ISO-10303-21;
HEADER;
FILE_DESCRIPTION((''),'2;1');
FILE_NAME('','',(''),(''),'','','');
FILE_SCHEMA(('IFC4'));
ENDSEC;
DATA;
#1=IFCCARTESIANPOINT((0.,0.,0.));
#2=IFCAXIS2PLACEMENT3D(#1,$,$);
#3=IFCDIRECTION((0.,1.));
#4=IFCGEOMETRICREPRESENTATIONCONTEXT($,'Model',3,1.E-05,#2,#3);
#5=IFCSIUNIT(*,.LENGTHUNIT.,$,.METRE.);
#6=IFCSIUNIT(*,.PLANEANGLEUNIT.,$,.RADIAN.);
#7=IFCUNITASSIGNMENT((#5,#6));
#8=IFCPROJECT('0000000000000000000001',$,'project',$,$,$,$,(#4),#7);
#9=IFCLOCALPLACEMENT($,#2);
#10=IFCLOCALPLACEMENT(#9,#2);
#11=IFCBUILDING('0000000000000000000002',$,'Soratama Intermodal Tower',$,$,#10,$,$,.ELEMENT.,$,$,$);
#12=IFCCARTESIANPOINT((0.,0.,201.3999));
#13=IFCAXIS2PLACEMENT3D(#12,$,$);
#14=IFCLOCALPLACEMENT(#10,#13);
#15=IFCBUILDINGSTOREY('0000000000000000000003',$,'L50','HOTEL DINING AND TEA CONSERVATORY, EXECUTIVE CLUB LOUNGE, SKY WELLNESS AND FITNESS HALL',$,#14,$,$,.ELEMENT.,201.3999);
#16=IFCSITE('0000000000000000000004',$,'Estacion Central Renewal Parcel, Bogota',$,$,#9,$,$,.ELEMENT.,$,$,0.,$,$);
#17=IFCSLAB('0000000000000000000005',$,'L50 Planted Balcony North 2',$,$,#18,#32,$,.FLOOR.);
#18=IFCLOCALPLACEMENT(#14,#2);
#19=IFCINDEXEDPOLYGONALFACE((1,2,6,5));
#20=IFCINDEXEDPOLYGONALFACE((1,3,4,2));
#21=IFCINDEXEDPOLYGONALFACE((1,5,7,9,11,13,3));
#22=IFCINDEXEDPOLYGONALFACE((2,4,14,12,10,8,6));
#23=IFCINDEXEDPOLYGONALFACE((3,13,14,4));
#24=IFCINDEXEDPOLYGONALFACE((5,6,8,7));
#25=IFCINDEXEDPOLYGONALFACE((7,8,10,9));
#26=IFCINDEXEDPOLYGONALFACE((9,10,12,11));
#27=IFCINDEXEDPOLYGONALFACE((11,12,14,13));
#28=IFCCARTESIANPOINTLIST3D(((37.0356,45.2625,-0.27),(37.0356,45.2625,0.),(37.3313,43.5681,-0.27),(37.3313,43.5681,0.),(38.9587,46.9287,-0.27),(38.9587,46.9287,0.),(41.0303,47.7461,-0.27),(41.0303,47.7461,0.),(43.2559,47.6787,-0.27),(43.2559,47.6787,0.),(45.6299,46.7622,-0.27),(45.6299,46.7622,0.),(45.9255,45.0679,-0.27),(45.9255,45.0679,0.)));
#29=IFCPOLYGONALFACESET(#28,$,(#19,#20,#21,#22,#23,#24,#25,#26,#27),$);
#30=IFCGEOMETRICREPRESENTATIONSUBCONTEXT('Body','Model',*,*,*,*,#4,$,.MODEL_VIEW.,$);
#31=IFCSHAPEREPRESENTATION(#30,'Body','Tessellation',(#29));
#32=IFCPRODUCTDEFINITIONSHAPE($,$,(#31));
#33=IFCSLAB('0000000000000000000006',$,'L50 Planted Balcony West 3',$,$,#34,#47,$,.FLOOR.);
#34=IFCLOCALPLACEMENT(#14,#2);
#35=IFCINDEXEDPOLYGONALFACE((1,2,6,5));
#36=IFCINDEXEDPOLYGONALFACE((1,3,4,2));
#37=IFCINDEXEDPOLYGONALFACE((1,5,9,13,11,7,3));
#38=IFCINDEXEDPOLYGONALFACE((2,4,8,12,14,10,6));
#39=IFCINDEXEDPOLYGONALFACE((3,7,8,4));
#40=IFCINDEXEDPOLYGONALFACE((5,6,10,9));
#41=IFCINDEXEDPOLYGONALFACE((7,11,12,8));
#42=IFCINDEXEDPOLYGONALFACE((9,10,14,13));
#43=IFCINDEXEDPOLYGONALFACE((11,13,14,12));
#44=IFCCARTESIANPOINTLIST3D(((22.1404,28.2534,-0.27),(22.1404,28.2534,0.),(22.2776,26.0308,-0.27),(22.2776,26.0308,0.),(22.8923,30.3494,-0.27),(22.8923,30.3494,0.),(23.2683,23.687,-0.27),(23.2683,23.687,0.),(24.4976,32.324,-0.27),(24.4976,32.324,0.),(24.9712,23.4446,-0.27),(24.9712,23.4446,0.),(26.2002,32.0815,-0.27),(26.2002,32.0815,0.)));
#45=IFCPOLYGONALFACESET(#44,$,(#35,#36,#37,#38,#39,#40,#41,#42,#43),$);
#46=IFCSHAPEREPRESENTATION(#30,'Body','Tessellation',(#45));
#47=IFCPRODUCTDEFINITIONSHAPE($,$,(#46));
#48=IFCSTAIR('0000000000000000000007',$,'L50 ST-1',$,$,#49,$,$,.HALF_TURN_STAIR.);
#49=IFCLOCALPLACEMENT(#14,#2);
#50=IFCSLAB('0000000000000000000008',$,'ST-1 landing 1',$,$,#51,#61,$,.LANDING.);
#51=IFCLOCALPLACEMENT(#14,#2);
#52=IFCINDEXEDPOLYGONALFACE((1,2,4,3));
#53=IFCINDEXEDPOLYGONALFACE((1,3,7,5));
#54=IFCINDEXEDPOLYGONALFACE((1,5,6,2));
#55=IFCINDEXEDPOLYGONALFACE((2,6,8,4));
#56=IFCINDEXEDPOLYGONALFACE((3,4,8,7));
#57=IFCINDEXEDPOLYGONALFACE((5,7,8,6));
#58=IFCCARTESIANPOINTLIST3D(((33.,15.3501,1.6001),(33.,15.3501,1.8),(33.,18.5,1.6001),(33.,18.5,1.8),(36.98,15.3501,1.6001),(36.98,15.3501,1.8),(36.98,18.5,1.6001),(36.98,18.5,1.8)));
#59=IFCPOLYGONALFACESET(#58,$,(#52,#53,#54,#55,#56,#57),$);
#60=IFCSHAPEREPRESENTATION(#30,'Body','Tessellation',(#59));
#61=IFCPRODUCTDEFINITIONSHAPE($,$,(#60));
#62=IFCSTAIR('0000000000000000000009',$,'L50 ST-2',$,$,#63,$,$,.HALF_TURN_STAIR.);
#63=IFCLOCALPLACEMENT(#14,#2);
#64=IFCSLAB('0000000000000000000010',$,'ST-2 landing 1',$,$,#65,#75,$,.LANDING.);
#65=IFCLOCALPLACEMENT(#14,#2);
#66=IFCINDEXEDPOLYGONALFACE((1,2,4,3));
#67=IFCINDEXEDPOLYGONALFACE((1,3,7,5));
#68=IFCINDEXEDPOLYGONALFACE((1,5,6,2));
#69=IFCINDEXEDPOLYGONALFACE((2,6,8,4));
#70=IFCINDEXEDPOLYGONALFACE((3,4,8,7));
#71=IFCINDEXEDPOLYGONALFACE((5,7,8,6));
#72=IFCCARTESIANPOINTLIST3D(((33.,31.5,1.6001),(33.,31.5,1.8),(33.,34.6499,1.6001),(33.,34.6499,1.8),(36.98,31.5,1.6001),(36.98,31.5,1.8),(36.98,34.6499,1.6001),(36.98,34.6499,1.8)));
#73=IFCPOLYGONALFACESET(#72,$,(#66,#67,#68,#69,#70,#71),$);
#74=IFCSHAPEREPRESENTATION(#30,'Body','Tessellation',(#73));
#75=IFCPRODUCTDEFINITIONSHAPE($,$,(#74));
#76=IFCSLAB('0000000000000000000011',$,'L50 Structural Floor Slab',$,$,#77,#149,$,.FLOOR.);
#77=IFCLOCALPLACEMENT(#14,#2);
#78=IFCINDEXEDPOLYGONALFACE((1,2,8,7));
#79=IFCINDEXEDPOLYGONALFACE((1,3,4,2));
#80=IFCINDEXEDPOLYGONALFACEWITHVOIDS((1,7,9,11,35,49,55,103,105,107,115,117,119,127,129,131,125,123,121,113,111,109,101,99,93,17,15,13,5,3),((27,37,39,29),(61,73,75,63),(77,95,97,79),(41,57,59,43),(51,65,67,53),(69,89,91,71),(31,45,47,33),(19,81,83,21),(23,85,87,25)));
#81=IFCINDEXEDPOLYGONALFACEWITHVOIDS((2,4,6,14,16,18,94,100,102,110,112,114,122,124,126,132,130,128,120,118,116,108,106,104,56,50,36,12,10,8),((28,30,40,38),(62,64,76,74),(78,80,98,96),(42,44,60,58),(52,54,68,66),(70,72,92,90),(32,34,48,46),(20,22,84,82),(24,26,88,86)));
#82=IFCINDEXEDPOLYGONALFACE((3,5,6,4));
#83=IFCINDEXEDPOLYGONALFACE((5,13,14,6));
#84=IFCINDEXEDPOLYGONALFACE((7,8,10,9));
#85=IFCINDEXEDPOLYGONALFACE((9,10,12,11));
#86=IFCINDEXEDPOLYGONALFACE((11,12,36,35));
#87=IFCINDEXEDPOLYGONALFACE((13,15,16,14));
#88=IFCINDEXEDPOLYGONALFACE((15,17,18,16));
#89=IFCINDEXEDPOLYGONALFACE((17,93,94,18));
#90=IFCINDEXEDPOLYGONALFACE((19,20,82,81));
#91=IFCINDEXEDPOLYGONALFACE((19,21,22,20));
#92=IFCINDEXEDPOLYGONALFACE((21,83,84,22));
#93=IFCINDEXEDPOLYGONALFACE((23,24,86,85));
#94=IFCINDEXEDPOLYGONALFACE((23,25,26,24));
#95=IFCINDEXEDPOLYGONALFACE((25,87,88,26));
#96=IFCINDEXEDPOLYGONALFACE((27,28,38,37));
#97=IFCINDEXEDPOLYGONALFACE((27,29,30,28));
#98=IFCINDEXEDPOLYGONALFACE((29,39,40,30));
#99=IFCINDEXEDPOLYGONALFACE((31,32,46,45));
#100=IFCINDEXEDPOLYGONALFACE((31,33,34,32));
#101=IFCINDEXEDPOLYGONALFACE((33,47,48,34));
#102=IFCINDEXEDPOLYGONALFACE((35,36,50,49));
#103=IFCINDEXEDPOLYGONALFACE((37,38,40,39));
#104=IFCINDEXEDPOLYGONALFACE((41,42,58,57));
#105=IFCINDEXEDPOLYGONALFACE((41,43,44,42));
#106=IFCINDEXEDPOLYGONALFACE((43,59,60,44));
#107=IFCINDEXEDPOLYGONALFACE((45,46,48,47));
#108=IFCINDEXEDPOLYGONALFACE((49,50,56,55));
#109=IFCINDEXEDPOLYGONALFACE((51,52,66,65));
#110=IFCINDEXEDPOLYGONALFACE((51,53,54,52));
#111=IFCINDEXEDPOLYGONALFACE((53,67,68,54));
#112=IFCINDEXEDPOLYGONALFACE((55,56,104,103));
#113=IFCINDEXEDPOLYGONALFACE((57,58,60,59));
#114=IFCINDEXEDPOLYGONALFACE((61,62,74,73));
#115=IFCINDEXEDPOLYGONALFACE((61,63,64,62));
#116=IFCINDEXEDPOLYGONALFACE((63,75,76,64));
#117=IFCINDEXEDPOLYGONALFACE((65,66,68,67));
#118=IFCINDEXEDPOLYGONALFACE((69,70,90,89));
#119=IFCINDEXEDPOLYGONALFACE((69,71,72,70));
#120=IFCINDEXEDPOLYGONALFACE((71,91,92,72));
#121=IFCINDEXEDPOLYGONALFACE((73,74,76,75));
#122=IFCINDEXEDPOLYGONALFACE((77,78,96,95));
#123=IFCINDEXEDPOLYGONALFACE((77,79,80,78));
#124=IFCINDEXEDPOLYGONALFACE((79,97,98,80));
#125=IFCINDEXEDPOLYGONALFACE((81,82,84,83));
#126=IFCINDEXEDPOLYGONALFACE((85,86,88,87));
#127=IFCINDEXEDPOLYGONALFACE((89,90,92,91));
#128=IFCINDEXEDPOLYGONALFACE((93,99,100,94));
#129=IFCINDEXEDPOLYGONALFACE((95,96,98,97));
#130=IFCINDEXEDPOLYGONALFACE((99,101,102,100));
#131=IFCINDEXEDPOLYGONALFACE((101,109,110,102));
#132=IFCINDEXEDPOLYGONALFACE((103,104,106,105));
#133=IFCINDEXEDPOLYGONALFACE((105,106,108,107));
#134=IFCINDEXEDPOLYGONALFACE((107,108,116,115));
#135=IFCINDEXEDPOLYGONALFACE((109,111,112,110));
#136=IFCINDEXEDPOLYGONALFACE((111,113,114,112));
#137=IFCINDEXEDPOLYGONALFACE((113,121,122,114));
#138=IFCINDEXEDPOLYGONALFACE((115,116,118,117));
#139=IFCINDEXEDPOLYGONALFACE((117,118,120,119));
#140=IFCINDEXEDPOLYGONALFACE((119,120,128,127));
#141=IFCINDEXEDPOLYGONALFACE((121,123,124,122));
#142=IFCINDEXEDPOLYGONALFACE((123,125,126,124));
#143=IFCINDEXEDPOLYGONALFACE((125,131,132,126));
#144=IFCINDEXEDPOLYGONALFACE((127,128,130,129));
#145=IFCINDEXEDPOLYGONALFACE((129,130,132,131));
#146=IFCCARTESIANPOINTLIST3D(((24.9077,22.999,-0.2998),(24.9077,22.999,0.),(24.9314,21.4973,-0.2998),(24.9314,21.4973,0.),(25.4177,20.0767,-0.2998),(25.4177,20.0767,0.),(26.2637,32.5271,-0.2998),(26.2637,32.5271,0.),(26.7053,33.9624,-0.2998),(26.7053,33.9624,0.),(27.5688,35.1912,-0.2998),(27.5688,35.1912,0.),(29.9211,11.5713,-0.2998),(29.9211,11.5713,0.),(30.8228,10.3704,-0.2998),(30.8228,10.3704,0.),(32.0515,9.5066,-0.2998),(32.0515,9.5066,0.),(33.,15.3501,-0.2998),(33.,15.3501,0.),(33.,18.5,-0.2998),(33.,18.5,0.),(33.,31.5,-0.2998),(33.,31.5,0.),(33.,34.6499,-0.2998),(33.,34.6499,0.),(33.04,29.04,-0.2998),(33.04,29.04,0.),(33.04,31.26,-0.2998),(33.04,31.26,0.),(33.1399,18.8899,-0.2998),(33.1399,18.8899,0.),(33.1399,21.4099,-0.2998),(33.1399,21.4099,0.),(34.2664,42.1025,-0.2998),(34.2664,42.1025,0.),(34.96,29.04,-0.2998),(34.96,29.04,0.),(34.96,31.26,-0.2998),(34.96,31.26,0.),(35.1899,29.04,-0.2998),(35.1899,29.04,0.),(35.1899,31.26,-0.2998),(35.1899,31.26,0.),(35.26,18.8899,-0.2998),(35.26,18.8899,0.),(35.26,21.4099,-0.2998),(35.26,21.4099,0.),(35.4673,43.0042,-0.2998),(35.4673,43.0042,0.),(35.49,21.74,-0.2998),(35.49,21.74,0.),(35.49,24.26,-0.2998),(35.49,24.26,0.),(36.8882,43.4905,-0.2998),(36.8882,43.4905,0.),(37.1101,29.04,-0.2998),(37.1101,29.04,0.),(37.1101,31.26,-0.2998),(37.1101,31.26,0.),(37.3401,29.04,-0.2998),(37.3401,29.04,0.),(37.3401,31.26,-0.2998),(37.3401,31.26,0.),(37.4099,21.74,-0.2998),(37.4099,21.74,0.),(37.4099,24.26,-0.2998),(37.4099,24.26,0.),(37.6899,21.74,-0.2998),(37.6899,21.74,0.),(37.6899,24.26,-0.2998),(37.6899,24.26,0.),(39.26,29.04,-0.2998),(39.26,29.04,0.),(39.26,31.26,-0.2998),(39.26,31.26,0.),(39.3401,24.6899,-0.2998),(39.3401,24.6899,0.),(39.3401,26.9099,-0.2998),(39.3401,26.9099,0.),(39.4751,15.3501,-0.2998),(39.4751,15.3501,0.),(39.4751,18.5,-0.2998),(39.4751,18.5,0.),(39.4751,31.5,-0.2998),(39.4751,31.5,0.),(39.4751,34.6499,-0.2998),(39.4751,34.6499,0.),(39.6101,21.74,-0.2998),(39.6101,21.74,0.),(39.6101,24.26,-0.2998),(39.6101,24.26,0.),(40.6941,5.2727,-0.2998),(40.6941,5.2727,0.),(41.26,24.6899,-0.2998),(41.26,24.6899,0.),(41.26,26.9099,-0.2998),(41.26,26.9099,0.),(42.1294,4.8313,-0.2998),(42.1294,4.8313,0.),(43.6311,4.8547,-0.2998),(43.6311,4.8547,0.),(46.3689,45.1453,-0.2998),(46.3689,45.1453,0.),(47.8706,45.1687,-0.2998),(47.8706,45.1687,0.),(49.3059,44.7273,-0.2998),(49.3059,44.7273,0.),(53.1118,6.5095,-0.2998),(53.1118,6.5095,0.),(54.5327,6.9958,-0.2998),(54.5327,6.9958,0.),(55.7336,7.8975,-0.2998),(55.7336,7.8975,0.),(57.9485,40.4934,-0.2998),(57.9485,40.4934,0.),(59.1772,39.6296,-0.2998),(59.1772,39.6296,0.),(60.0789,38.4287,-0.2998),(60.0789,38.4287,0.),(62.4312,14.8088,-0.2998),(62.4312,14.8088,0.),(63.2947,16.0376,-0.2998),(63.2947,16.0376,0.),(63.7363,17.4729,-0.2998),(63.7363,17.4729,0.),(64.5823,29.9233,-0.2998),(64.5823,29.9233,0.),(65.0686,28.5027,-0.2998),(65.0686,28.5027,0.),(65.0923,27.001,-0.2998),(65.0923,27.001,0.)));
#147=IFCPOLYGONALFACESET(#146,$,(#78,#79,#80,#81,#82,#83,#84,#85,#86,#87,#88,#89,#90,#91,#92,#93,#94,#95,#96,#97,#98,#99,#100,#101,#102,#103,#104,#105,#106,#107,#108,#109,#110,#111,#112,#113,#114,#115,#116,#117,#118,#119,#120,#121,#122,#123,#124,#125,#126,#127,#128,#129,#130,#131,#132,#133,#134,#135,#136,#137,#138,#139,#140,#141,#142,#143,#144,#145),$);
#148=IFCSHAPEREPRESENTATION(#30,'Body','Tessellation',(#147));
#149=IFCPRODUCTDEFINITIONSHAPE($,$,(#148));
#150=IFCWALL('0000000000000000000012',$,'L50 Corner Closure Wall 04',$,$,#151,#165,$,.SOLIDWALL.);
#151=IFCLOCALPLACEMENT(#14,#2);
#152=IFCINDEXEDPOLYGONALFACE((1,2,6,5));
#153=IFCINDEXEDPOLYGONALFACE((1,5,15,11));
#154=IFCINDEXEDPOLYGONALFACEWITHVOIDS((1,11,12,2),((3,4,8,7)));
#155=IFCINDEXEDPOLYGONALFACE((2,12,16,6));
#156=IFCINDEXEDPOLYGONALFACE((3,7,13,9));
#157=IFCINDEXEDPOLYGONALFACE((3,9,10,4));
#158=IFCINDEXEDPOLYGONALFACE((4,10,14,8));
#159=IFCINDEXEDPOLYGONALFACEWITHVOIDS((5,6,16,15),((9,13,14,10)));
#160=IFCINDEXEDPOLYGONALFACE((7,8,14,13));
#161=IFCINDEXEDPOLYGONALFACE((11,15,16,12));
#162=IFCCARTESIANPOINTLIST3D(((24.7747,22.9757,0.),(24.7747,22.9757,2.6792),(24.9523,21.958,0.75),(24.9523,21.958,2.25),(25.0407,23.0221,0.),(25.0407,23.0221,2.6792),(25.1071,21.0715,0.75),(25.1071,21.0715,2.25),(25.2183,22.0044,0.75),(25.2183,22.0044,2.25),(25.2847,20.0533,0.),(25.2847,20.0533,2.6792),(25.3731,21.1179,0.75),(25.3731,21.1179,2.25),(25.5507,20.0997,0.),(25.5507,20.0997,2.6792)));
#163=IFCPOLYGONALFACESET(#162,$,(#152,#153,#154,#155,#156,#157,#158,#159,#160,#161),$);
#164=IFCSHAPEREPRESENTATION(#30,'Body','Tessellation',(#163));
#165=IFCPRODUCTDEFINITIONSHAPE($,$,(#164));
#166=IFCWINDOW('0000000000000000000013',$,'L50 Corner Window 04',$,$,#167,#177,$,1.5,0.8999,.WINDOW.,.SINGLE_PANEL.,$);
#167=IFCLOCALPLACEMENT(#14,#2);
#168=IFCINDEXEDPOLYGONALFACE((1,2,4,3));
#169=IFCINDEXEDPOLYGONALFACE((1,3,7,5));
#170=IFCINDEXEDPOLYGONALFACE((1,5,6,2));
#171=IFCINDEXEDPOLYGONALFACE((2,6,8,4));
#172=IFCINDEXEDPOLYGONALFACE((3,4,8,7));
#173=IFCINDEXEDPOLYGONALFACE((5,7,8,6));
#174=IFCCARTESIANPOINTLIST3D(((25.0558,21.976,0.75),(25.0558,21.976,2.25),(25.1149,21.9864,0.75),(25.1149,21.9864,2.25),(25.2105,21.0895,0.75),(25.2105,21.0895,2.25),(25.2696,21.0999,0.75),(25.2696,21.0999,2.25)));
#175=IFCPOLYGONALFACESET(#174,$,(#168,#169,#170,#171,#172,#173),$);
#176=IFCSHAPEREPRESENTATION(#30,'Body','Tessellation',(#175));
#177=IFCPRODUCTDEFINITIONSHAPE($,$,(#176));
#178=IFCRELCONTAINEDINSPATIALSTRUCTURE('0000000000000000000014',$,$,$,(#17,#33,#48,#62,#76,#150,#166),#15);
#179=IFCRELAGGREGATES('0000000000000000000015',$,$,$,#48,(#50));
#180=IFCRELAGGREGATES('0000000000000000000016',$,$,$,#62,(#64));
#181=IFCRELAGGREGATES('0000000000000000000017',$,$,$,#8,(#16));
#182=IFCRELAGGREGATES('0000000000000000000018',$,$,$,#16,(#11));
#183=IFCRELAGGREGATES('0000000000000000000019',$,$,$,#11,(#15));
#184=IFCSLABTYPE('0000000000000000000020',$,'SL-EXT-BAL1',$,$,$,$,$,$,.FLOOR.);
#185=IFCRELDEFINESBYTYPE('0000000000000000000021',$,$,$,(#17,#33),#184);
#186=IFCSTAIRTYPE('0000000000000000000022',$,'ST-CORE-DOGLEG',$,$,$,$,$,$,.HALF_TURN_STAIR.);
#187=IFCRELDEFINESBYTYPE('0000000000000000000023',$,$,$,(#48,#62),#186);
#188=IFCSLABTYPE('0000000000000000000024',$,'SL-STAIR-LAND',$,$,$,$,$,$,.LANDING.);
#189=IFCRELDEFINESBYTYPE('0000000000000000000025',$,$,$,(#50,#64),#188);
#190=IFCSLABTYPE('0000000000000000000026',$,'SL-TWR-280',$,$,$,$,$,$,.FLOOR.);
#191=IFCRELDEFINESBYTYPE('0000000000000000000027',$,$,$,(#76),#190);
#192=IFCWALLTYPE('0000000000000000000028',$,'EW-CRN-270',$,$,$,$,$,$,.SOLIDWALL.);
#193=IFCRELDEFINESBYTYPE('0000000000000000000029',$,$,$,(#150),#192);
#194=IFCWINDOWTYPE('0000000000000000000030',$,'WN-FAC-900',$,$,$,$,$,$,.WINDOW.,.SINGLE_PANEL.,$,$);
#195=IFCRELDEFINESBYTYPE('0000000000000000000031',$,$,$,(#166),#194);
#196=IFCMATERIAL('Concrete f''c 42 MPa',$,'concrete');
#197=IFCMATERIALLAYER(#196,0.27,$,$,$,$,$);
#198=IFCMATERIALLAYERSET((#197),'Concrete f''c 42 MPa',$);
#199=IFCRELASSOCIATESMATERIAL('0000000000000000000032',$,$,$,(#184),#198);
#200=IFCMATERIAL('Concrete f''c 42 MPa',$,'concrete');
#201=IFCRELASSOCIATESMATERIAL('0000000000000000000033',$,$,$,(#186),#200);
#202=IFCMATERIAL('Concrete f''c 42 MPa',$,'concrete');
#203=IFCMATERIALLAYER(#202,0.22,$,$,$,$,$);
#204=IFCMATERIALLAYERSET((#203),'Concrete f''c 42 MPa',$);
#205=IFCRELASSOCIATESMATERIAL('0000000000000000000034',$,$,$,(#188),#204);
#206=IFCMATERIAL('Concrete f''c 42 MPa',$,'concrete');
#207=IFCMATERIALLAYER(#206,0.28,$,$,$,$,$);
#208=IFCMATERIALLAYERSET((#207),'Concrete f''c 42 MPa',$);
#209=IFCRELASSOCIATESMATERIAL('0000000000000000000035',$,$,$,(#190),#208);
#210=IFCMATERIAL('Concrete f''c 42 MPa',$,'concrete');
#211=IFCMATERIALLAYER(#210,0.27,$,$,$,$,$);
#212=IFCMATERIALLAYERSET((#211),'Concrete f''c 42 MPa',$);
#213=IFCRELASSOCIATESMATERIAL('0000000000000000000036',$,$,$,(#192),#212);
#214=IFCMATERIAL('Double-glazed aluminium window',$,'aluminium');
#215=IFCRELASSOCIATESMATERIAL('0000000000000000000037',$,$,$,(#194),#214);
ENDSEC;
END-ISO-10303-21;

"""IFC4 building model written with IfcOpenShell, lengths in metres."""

from ifc_helpers import new_model, si_unit, direction, frame, frame_2d, origin, place, context, subcontext, project, spatial, polyline, rectangle, outline, extrude, material, layer, layer_set, type_object, element, fill, aggregate, save


model = new_model("IFC4")

# Units and contexts
model_context = context("Model", 3, precision=1e-05, world=origin(), true_north=direction((0.0, 1.0)))
body_context = subcontext(model_context, "Body", "Model", "MODEL_VIEW")
ifc_project = project(units=[si_unit("LENGTHUNIT", "METRE"), si_unit("PLANEANGLEUNIT", "RADIAN")], contexts=[model_context])

# Site, building, storey
site_placement = place(None, origin())
site = spatial("IfcSite", under=ifc_project, at=site_placement, Name="Estacion Central Renewal Parcel, Bogota", CompositionType="ELEMENT", RefElevation=0.0)
building_placement = place(site_placement, origin())
building = spatial("IfcBuilding", under=site, at=building_placement, Name="Soratama Intermodal Tower", CompositionType="ELEMENT")
storey_placement = place(building_placement, frame((0.0, 0.0, 201.3999)))
storey = spatial("IfcBuildingStorey", under=building, at=storey_placement, Name="L50", Description="HOTEL DINING AND TEA CONSERVATORY, EXECUTIVE CLUB LOUNGE, SKY WELLNESS AND FITNESS HALL", CompositionType="ELEMENT", Elevation=201.3999)

# Slabs
ifc_material_1 = material(Name="Concrete f'c 42 MPa", Category="concrete")
ifc_layer_1 = layer(ifc_material_1, 0.27)
ifc_layer_set_1 = layer_set([ifc_layer_1], Name="Concrete f'c 42 MPa")
slab_type_1 = type_object("IfcSlabType", Name="SL-EXT-BAL1", PredefinedType="FLOOR", material=ifc_layer_set_1)
slab_1_placement = place(storey_placement, frame((0.0, 0.0, -0.27)))
element("IfcSlab", 1, at=slab_1_placement, inside=storey, type_object=slab_type_1, Name="L50 Planted Balcony North 2", PredefinedType="FLOOR", context=body_context, shape_type="SweptSolid", body=[
    extrude(outline(polyline([(45.9255, 45.0679), (37.3313, 43.5681), (37.0356, 45.2625), (38.9587, 46.9287), (41.0303, 47.7461), (43.2559, 47.6787), (45.6299, 46.7622), (45.9255, 45.0679)])), origin(), (0.0, 0.0, 1.0), 0.27),
])
slab_2_placement = place(storey_placement, frame((0.0, 0.0, -0.27)))
element("IfcSlab", 2, at=slab_2_placement, inside=storey, type_object=slab_type_1, Name="L50 Planted Balcony West 3", PredefinedType="FLOOR", context=body_context, shape_type="SweptSolid", body=[
    extrude(outline(polyline([(26.2002, 32.0815), (24.9712, 23.4446), (23.2683, 23.687), (22.2776, 26.0308), (22.1404, 28.2534), (22.8923, 30.3494), (24.4976, 32.324), (26.2002, 32.0815)])), origin(), (0.0, 0.0, 1.0), 0.27),
])

# Stairs, slabs
ifc_material_2 = material(Name="Concrete f'c 42 MPa", Category="concrete")
stair_type = type_object("IfcStairType", Name="ST-CORE-DOGLEG", PredefinedType="HALF_TURN_STAIR", material=ifc_material_2)
stair_1_placement = place(storey_placement, origin())
stair_1 = element("IfcStair", 3, at=stair_1_placement, inside=storey, type_object=stair_type, Name="L50 ST-1", PredefinedType="HALF_TURN_STAIR")
ifc_material_3 = material(Name="Concrete f'c 42 MPa", Category="concrete")
ifc_layer_2 = layer(ifc_material_3, 0.22)
ifc_layer_set_2 = layer_set([ifc_layer_2], Name="Concrete f'c 42 MPa")
slab_type_2 = type_object("IfcSlabType", Name="SL-STAIR-LAND", PredefinedType="LANDING", material=ifc_layer_set_2)
slab_3_placement = place(storey_placement, frame((0.0, 0.0, 1.6001)))
slab_3 = element("IfcSlab", 4, at=slab_3_placement, type_object=slab_type_2, Name="ST-1 landing 1", PredefinedType="LANDING", context=body_context, shape_type="SweptSolid", body=[
    extrude(outline(polyline([(36.98, 18.5), (33.0, 18.5), (33.0, 15.3501), (36.98, 15.3501), (36.98, 18.5)])), origin(), (0.0, 0.0, 1.0), 0.2),
])
aggregate(stair_1, [slab_3])
stair_2_placement = place(storey_placement, origin())
stair_2 = element("IfcStair", 5, at=stair_2_placement, inside=storey, type_object=stair_type, Name="L50 ST-2", PredefinedType="HALF_TURN_STAIR")
slab_4_placement = place(storey_placement, frame((0.0, 0.0, 1.6001)))
slab_4 = element("IfcSlab", 6, at=slab_4_placement, type_object=slab_type_2, Name="ST-2 landing 1", PredefinedType="LANDING", context=body_context, shape_type="SweptSolid", body=[
    extrude(outline(polyline([(36.98, 34.6499), (33.0, 34.6499), (33.0, 31.5), (36.98, 31.5), (36.98, 34.6499)])), origin(), (0.0, 0.0, 1.0), 0.2),
])
aggregate(stair_2, [slab_4])

# Slab
ifc_material_4 = material(Name="Concrete f'c 42 MPa", Category="concrete")
ifc_layer_3 = layer(ifc_material_4, 0.28)
ifc_layer_set_3 = layer_set([ifc_layer_3], Name="Concrete f'c 42 MPa")
slab_type_3 = type_object("IfcSlabType", Name="SL-TWR-280", PredefinedType="FLOOR", material=ifc_layer_set_3)
slab_5_placement = place(storey_placement, frame((0.0, 0.0, -0.2998)))
element("IfcSlab", 7, at=slab_5_placement, inside=storey, type_object=slab_type_3, Name="L50 Structural Floor Slab", PredefinedType="FLOOR", context=body_context, shape_type="SweptSolid", body=[
    extrude(outline(polyline([(60.0789, 38.4287), (59.1772, 39.6296), (57.9485, 40.4934), (49.3059, 44.7273), (47.8706, 45.1687), (46.3689, 45.1453), (36.8882, 43.4905), (35.4673, 43.0042), (34.2664, 42.1025), (27.5688, 35.1912), (26.7053, 33.9624), (26.2637, 32.5271), (24.9077, 22.999), (24.9314, 21.4973), (25.4177, 20.0767), (29.9211, 11.5713), (30.8228, 10.3704), (32.0515, 9.5066), (40.6941, 5.2727), (42.1294, 4.8313), (43.6311, 4.8547), (53.1118, 6.5095), (54.5327, 6.9958), (55.7336, 7.8975), (62.4312, 14.8088), (63.2947, 16.0376), (63.7363, 17.4729), (65.0923, 27.001), (65.0686, 28.5027), (64.5823, 29.9233), (60.0789, 38.4287)]), holes=[polyline([(33.0, 18.5), (33.0, 15.3501), (39.4751, 15.3501), (39.4751, 18.5), (33.0, 18.5)]), polyline([(35.26, 21.4099), (33.1399, 21.4099), (33.1399, 18.8899), (35.26, 18.8899), (35.26, 21.4099)]), polyline([(37.4099, 24.26), (35.49, 24.26), (35.49, 21.74), (37.4099, 21.74), (37.4099, 24.26)]), polyline([(39.6101, 24.26), (37.6899, 24.26), (37.6899, 21.74), (39.6101, 21.74), (39.6101, 24.26)]), polyline([(41.26, 26.9099), (39.3401, 26.9099), (39.3401, 24.6899), (41.26, 24.6899), (41.26, 26.9099)]), polyline([(34.96, 31.26), (33.04, 31.26), (33.04, 29.04), (34.96, 29.04), (34.96, 31.26)]), polyline([(37.1101, 31.26), (35.1899, 31.26), (35.1899, 29.04), (37.1101, 29.04), (37.1101, 31.26)]), polyline([(39.26, 29.04), (39.26, 31.26), (37.3401, 31.26), (37.3401, 29.04), (39.26, 29.04)]), polyline([(39.4751, 34.6499), (33.0, 34.6499), (33.0, 31.5), (39.4751, 31.5), (39.4751, 34.6499)])]), origin(), (0.0, 0.0, 1.0), 0.2998),
])

# Wall, opening, window
ifc_material_5 = material(Name="Concrete f'c 42 MPa", Category="concrete")
ifc_layer_4 = layer(ifc_material_5, 0.27)
ifc_layer_set_4 = layer_set([ifc_layer_4], Name="Concrete f'c 42 MPa")
wall_type = type_object("IfcWallType", Name="EW-CRN-270", PredefinedType="SOLIDWALL", material=ifc_layer_set_4)
wall_placement = place(storey_placement, frame((24.9077, 22.999, 0.0), z_axis=(0.0, 0.0, 1.0), x_axis=(0.171921, -0.985111, 0.0)))
wall = element("IfcWall", 8, at=wall_placement, inside=storey, type_object=wall_type, Name="L50 Corner Closure Wall 04", PredefinedType="SOLIDWALL", context=body_context, shape_type="SweptSolid", body=[
    extrude(rectangle(XDim=2.9666, YDim=0.27, at=frame_2d((1.4834, 0.0))), origin(), (0.0, 0.0, 1.0), 2.6792),
])
opening_placement = place(wall_placement, frame((1.0332, 0.0, 0.75)))
opening = element("IfcOpeningElement", 9, at=opening_placement, cuts=wall, PredefinedType="OPENING", context=body_context, shape_type="SweptSolid", body=[
    extrude(rectangle(XDim=0.8999, YDim=1.5, at=frame_2d((0.45, 0.75))), frame((0.0, 0.145, 0.0), z_axis=(0.0, -1.0, 0.0), x_axis=(1.0, 0.0, 0.0)), (0.0, 0.0, 1.0), 0.29),
])
ifc_material_6 = material(Name="Double-glazed aluminium window", Category="aluminium")
window_type = type_object("IfcWindowType", Name="WN-FAC-900", PartitioningType="SINGLE_PANEL", PredefinedType="WINDOW", material=ifc_material_6)
window_placement = place(opening_placement, origin())
window = element("IfcWindow", 10, at=window_placement, inside=storey, type_object=window_type, Name="L50 Corner Window 04", OverallHeight=1.5, OverallWidth=0.8999, PartitioningType="SINGLE_PANEL", PredefinedType="WINDOW", context=body_context, shape_type="SweptSolid", body=[
    extrude(rectangle(XDim=0.8999, YDim=1.5, at=frame_2d((0.45, 0.75))), frame((0.0, 0.03, 0.0), z_axis=(0.0, -1.0, 0.0), x_axis=(1.0, 0.0, 0.0)), (0.0, 0.0, 1.0), 0.0601),
])
fill(opening, window)

save(model, "model.ifc")
